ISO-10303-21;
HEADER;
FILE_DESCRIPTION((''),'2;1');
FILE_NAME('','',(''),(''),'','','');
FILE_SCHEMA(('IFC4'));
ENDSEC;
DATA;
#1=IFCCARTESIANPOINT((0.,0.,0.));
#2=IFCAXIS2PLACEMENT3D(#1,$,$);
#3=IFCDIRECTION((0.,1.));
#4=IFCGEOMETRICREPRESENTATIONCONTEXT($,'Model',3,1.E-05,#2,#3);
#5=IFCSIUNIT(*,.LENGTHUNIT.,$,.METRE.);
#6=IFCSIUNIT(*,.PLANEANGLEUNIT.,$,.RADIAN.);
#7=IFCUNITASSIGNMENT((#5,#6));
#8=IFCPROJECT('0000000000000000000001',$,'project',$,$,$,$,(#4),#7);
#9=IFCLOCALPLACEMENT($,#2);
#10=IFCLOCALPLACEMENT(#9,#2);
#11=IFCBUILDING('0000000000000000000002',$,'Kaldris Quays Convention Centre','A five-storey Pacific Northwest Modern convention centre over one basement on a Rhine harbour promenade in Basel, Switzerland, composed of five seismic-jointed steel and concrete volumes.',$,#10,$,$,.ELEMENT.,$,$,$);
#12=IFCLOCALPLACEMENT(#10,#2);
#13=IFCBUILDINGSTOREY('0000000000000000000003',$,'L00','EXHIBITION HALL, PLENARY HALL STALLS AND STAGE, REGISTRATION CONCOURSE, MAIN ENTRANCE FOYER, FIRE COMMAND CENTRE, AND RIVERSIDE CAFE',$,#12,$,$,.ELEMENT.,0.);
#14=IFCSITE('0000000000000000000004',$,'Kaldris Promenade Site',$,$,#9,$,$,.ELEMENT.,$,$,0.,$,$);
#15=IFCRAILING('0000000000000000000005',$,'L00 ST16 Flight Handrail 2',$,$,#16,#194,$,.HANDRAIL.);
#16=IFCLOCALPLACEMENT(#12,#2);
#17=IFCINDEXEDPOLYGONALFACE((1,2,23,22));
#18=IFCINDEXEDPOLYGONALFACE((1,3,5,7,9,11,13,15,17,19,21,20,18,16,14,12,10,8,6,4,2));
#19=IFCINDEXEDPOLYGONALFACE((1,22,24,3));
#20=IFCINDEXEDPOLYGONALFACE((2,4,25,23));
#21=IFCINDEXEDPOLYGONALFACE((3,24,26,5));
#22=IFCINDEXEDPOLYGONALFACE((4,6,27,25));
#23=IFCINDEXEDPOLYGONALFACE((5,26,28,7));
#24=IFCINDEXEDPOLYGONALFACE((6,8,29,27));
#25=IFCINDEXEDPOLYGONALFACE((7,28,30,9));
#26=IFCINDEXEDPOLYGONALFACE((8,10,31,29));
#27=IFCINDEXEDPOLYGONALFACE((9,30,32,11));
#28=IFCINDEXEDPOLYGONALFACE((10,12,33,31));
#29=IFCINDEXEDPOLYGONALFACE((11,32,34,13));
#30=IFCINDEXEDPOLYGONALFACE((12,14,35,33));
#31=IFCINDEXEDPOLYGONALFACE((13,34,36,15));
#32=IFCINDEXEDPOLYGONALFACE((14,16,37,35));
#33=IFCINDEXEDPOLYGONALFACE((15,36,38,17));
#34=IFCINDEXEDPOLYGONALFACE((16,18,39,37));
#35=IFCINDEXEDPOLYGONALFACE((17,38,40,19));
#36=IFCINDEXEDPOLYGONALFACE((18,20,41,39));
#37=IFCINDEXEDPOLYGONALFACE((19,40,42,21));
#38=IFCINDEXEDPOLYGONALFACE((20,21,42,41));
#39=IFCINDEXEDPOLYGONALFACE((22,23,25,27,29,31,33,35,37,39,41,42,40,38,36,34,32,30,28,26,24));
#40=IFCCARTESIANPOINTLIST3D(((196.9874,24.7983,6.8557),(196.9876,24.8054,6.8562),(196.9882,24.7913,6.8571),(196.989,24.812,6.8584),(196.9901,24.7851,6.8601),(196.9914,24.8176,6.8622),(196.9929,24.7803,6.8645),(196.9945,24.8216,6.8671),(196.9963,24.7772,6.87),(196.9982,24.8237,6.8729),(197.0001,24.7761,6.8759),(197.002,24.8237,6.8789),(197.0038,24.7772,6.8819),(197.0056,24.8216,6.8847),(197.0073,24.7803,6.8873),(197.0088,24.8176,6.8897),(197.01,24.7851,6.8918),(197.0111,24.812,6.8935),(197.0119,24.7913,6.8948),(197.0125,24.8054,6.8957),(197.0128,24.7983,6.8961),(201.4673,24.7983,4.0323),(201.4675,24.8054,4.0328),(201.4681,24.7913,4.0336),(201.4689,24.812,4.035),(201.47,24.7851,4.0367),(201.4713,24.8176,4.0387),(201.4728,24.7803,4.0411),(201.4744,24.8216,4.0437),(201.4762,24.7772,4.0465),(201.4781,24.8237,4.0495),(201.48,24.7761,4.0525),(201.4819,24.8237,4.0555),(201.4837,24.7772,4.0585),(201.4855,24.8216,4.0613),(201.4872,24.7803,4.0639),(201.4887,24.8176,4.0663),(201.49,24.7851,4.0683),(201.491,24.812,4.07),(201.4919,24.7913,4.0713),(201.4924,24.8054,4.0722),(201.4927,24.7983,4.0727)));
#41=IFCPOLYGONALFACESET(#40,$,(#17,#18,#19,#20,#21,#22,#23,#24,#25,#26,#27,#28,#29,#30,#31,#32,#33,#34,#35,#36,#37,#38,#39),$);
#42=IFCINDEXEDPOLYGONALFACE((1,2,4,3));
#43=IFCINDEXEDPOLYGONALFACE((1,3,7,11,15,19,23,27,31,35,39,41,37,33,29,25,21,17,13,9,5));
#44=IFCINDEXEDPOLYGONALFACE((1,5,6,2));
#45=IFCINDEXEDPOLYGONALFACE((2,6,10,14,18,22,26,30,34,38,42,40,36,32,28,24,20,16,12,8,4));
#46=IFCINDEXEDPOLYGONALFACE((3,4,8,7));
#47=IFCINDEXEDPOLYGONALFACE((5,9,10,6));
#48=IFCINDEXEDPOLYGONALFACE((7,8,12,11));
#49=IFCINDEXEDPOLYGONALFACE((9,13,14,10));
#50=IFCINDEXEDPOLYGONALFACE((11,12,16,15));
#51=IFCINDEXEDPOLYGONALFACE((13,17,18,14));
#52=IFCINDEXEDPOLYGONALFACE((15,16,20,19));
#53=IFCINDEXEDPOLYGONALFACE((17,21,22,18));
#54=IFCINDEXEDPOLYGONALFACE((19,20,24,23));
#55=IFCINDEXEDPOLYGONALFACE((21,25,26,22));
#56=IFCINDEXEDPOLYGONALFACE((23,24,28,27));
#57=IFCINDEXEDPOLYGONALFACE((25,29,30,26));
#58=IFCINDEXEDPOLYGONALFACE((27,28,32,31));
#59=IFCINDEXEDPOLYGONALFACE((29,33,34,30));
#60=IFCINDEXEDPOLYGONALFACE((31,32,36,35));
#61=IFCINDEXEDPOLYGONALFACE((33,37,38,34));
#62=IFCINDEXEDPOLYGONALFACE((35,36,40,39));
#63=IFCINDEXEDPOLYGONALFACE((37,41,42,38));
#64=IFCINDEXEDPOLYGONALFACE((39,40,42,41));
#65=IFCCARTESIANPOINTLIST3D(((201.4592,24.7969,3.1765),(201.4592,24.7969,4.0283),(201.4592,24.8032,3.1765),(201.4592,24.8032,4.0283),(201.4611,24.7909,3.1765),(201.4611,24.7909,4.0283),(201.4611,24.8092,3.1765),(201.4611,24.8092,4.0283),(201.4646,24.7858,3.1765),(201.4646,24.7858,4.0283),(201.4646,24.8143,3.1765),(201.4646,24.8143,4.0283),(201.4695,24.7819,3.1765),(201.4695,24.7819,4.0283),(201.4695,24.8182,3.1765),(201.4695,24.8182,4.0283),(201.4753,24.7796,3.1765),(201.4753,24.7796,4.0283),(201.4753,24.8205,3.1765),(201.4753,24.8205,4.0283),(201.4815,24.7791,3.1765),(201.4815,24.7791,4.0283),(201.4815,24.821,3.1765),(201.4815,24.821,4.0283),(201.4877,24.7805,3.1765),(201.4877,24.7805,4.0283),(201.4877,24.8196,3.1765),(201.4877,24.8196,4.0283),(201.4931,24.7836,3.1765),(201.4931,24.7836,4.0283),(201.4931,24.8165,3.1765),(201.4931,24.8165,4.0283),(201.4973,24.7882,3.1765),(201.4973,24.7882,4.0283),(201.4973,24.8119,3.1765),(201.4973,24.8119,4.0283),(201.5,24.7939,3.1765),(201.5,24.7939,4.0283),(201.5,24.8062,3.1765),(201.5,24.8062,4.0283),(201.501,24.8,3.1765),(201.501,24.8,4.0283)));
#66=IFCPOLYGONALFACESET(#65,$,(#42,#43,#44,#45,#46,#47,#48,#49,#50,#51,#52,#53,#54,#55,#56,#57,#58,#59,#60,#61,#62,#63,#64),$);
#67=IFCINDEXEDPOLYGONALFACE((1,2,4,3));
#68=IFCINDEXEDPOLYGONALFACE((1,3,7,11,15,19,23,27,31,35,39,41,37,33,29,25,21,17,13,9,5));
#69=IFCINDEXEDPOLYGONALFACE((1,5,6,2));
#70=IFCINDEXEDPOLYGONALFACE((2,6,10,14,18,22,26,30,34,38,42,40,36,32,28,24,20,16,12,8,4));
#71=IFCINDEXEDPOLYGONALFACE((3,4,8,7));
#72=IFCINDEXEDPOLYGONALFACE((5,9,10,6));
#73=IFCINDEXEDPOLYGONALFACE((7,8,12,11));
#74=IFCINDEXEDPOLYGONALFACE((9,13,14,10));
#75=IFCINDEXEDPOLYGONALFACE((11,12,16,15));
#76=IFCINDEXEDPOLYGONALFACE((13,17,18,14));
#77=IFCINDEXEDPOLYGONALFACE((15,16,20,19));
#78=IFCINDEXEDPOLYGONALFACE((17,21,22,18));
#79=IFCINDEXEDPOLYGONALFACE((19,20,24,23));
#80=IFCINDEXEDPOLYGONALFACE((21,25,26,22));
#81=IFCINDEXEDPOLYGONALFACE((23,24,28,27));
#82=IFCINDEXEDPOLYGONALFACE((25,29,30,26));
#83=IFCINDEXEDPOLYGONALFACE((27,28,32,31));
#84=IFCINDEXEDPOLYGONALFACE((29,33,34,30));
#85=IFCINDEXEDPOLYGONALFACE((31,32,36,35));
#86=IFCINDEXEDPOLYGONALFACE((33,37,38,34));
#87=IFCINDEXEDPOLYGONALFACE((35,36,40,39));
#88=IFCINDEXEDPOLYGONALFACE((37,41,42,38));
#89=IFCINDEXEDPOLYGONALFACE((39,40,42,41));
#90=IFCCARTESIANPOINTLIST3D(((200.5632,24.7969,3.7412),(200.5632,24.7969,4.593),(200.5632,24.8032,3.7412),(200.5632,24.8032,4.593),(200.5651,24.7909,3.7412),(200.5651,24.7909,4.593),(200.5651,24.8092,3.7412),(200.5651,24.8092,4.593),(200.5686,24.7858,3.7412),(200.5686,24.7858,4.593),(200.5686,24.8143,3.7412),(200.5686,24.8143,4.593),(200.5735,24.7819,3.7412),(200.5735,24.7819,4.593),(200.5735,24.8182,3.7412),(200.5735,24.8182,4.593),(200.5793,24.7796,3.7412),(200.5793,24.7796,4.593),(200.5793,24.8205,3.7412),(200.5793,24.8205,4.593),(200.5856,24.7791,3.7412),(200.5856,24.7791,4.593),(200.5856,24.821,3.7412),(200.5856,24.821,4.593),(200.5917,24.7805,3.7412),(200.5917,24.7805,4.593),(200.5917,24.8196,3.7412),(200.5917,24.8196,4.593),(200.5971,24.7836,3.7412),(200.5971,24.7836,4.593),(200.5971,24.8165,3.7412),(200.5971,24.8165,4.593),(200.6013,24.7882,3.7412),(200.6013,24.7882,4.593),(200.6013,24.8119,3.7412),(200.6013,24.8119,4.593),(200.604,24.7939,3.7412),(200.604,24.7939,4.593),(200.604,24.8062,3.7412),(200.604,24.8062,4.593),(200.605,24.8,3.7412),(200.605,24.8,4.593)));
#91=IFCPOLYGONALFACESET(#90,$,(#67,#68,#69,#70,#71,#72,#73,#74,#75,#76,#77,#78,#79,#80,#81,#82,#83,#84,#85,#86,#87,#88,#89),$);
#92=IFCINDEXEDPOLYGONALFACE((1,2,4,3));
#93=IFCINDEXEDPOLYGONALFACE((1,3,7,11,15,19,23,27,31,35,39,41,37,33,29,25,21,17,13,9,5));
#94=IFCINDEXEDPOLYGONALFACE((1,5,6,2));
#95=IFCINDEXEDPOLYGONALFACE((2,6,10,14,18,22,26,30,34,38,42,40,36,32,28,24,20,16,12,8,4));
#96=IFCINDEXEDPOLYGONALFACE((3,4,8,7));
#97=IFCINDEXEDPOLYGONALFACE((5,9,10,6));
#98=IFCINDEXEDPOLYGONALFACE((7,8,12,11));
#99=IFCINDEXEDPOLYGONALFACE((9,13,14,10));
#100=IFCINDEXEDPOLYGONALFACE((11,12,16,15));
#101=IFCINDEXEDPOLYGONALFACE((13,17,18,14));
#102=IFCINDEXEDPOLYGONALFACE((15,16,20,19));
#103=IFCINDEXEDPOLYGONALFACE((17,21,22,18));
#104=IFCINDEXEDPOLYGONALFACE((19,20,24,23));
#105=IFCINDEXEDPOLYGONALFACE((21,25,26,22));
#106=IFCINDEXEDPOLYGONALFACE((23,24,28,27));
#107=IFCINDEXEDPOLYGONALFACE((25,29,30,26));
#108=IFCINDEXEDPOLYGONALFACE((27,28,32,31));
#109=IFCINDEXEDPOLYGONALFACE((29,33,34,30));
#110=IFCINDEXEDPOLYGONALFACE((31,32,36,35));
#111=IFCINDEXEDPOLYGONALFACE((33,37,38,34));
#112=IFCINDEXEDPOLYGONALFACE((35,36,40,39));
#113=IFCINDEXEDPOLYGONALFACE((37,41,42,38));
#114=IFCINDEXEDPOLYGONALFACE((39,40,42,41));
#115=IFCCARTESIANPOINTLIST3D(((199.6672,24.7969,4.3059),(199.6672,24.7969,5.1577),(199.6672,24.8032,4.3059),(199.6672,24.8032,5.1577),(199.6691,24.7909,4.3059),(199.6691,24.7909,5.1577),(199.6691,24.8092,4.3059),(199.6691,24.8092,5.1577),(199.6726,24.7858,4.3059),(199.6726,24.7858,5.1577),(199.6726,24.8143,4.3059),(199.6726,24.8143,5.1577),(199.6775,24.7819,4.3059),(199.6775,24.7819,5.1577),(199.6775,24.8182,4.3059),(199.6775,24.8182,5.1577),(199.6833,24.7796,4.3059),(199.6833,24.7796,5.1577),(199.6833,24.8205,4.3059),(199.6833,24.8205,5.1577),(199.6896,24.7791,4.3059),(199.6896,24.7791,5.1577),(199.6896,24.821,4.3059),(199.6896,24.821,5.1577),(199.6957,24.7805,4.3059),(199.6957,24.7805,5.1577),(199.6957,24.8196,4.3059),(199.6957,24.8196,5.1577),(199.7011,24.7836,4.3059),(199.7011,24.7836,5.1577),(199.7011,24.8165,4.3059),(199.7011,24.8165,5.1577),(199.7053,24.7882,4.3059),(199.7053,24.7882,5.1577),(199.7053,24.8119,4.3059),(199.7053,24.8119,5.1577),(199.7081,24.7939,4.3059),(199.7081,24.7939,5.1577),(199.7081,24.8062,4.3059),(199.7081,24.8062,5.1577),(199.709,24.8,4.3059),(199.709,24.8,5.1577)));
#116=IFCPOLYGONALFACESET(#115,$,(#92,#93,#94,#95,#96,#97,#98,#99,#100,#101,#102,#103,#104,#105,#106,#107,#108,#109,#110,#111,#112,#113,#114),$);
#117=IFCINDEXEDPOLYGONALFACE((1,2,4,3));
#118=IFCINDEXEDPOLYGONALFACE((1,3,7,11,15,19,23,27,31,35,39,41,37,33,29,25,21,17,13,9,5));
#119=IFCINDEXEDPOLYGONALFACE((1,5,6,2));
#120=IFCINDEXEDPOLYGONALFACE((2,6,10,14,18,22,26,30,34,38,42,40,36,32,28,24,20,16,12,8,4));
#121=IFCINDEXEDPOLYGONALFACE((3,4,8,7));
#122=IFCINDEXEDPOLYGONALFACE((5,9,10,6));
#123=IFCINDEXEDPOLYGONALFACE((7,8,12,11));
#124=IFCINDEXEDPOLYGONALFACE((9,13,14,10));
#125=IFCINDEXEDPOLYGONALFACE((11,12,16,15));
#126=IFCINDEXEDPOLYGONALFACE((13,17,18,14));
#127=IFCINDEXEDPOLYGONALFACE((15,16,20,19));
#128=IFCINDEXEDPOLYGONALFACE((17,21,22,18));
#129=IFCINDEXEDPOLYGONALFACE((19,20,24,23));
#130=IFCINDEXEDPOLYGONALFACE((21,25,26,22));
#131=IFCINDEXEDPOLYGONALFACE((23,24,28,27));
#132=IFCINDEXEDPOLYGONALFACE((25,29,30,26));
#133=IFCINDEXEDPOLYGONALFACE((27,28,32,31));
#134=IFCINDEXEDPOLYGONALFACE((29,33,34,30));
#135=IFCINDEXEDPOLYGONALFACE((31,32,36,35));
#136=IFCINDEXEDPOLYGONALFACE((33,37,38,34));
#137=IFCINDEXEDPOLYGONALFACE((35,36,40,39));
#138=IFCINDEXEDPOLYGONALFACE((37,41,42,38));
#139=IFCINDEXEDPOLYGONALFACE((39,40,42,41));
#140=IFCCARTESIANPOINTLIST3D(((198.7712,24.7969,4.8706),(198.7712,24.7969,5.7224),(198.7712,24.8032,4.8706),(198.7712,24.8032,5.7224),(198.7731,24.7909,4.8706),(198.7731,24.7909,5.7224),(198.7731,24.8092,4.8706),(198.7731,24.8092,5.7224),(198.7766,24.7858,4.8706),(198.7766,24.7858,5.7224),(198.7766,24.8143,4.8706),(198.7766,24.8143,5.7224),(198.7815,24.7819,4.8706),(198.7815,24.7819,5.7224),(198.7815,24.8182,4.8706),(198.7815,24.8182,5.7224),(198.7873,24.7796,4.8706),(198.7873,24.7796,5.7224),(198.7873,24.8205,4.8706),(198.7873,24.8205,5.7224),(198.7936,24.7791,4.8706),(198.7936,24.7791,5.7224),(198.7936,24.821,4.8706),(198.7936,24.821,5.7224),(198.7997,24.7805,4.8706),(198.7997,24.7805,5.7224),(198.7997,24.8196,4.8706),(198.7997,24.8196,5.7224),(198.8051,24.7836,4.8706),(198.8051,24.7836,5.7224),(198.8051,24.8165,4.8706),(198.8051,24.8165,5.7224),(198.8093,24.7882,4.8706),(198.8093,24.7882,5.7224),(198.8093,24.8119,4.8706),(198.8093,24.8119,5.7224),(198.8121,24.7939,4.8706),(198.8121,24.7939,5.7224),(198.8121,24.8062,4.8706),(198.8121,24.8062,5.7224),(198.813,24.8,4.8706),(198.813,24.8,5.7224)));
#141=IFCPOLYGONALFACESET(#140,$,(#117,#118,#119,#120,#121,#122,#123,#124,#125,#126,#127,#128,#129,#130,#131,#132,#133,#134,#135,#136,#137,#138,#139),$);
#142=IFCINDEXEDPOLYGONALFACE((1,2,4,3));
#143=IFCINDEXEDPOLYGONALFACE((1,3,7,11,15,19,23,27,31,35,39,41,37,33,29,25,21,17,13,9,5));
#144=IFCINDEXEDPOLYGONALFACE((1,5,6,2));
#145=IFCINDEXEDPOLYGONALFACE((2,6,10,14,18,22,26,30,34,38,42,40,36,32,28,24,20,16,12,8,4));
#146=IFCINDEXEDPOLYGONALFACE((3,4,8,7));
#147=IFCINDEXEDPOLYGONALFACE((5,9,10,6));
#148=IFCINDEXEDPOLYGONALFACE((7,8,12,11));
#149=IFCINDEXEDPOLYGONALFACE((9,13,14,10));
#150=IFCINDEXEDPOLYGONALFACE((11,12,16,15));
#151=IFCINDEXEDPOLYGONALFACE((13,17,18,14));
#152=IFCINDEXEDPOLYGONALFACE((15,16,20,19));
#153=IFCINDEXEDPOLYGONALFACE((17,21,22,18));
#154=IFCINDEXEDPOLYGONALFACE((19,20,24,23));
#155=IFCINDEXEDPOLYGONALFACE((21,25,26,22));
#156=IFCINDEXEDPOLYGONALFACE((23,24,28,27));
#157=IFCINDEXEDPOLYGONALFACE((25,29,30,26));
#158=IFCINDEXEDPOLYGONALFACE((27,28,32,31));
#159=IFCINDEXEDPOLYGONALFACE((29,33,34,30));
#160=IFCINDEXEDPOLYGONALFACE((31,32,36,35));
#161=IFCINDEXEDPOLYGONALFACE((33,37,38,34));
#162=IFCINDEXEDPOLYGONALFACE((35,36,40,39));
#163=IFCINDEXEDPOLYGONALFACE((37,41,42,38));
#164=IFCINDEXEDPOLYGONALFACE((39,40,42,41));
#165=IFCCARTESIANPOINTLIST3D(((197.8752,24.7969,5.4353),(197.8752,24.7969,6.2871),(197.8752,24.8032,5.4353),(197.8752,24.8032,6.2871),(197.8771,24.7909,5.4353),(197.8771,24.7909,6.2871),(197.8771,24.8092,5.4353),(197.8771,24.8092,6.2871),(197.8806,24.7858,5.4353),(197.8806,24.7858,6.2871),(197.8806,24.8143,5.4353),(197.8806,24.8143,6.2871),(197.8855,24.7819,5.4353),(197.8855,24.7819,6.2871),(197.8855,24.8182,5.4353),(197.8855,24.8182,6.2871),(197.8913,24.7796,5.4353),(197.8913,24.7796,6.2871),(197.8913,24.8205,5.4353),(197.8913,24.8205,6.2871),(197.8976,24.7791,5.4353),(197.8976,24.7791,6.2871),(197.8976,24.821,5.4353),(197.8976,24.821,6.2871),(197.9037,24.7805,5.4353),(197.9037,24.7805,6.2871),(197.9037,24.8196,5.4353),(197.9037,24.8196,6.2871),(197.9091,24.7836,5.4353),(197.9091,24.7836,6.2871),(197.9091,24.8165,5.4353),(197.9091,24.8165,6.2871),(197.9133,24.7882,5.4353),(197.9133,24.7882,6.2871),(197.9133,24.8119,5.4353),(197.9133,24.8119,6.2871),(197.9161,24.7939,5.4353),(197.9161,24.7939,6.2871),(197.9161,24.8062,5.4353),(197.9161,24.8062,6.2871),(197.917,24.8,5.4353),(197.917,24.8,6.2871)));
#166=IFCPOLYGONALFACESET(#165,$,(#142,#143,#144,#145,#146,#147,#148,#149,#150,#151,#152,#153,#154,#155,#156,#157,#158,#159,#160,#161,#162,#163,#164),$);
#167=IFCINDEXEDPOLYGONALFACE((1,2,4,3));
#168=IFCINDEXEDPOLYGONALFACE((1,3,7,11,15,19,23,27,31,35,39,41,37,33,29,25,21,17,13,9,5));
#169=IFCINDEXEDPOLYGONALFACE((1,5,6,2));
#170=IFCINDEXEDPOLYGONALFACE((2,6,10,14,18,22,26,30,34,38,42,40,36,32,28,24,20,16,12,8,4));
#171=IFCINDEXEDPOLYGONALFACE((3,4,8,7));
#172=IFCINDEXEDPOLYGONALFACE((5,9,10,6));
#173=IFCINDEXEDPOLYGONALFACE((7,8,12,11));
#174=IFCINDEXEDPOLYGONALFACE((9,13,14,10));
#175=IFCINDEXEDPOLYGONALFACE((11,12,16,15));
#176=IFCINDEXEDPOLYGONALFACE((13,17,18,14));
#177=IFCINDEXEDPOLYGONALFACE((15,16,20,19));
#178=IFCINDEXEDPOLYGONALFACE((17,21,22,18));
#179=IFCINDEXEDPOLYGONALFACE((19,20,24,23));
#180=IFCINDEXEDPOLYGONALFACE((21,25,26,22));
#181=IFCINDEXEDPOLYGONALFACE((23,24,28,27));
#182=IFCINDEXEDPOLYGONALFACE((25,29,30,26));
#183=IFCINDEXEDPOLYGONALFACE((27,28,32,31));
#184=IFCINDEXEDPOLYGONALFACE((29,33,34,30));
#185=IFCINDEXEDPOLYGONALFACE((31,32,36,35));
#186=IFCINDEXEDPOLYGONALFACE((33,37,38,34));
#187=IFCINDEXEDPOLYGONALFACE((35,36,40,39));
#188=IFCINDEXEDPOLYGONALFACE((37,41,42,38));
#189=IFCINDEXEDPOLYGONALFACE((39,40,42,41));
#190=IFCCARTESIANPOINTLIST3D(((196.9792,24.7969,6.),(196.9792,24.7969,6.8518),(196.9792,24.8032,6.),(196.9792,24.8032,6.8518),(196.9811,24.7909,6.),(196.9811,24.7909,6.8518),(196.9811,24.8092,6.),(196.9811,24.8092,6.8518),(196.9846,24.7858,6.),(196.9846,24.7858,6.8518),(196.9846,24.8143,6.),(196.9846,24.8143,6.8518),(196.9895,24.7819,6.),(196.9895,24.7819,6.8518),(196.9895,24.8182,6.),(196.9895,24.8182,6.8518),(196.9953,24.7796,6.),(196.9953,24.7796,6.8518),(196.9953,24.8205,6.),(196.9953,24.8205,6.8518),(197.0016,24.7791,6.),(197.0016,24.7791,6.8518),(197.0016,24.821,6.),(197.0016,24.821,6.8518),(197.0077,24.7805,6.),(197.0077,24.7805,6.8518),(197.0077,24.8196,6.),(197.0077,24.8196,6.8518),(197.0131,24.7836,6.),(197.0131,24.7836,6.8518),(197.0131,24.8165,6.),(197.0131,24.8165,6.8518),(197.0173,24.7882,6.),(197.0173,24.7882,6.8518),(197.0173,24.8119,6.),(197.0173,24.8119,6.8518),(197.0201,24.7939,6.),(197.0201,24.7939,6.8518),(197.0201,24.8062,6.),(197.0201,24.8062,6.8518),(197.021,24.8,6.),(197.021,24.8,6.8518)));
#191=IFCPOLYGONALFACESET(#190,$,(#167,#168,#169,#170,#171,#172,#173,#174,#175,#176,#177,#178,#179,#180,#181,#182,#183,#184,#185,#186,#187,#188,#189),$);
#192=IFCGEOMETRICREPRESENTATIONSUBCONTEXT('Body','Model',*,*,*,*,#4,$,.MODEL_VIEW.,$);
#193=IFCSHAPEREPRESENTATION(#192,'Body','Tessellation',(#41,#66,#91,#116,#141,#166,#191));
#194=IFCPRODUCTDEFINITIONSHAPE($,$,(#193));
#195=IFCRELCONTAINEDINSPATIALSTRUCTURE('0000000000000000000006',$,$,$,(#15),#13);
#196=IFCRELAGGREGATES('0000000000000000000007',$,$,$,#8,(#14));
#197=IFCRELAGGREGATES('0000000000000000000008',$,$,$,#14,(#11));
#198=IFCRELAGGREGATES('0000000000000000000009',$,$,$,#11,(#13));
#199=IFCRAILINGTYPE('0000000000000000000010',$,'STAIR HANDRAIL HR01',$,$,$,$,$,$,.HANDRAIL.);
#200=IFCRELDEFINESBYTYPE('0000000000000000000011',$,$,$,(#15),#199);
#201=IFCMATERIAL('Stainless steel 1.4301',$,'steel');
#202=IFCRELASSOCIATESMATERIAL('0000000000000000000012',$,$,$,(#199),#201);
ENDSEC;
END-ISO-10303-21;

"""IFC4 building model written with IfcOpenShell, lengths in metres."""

from ifc_helpers import new_model, si_unit, direction, frame, origin, origin_2d, place, context, subcontext, project, spatial, circle, extrude, material, type_object, element, save


model = new_model("IFC4")

# Units and contexts
model_context = context("Model", 3, precision=1e-05, world=origin(), true_north=direction((0.0, 1.0)))
body_context = subcontext(model_context, "Body", "Model", "MODEL_VIEW")
ifc_project = project(units=[si_unit("LENGTHUNIT", "METRE"), si_unit("PLANEANGLEUNIT", "RADIAN")], contexts=[model_context])

# Site, building, storey
site_placement = place(None, origin())
site = spatial("IfcSite", under=ifc_project, at=site_placement, Name="Kaldris Promenade Site", CompositionType="ELEMENT", RefElevation=0.0)
building_placement = place(site_placement, origin())
building = spatial("IfcBuilding", under=site, at=building_placement, Name="Kaldris Quays Convention Centre", Description="A five-storey Pacific Northwest Modern convention centre over one basement on a Rhine harbour promenade in Basel, Switzerland, composed of five seismic-jointed steel and concrete volumes.", CompositionType="ELEMENT")
storey_placement = place(building_placement, origin())
storey = spatial("IfcBuildingStorey", under=building, at=storey_placement, Name="L00", Description="EXHIBITION HALL, PLENARY HALL STALLS AND STAGE, REGISTRATION CONCOURSE, MAIN ENTRANCE FOYER, FIRE COMMAND CENTRE, AND RIVERSIDE CAFE", CompositionType="ELEMENT", Elevation=0.0)

# Railing
ifc_material_1 = material(Name="Stainless steel 1.4301", Category="steel")
railing_type_1 = type_object("IfcRailingType", Name="STAIR HANDRAIL HR01", PredefinedType="HANDRAIL", material=ifc_material_1)
railing_1_placement = place(storey_placement, frame((201.48, 24.8, 3.1765)))
element("IfcRailing", 1, at=railing_1_placement, inside=storey, type_object=railing_type_1, Name="L00 ST16 Flight Handrail 2", PredefinedType="HANDRAIL", context=body_context, shape_type="SweptSolid", body=[
    extrude(circle(Radius=0.0239, at=origin_2d()), frame((0.0, 0.0, 0.876), z_axis=(-0.845998, 0.0, 0.533186), x_axis=(0.0, -1.0, 0.0)), (0.0, 0.0, 1.0), 5.2954),
    extrude(circle(Radius=0.021, at=origin_2d()), origin(), (0.0, 0.0, 1.0), 0.8518),
    extrude(circle(Radius=0.021, at=origin_2d()), frame((-0.896, 0.0, 0.5647)), (0.0, 0.0, 1.0), 0.8518),
    extrude(circle(Radius=0.021, at=origin_2d()), frame((-1.792, 0.0, 1.1294)), (0.0, 0.0, 1.0), 0.8518),
    extrude(circle(Radius=0.021, at=origin_2d()), frame((-2.688, 0.0, 1.6941)), (0.0, 0.0, 1.0), 0.8518),
    extrude(circle(Radius=0.021, at=origin_2d()), frame((-3.584, 0.0, 2.2588)), (0.0, 0.0, 1.0), 0.8518),
    extrude(circle(Radius=0.021, at=origin_2d()), frame((-4.48, 0.0, 2.8235)), (0.0, 0.0, 1.0), 0.8518),
])

save(model, "model.ifc")
